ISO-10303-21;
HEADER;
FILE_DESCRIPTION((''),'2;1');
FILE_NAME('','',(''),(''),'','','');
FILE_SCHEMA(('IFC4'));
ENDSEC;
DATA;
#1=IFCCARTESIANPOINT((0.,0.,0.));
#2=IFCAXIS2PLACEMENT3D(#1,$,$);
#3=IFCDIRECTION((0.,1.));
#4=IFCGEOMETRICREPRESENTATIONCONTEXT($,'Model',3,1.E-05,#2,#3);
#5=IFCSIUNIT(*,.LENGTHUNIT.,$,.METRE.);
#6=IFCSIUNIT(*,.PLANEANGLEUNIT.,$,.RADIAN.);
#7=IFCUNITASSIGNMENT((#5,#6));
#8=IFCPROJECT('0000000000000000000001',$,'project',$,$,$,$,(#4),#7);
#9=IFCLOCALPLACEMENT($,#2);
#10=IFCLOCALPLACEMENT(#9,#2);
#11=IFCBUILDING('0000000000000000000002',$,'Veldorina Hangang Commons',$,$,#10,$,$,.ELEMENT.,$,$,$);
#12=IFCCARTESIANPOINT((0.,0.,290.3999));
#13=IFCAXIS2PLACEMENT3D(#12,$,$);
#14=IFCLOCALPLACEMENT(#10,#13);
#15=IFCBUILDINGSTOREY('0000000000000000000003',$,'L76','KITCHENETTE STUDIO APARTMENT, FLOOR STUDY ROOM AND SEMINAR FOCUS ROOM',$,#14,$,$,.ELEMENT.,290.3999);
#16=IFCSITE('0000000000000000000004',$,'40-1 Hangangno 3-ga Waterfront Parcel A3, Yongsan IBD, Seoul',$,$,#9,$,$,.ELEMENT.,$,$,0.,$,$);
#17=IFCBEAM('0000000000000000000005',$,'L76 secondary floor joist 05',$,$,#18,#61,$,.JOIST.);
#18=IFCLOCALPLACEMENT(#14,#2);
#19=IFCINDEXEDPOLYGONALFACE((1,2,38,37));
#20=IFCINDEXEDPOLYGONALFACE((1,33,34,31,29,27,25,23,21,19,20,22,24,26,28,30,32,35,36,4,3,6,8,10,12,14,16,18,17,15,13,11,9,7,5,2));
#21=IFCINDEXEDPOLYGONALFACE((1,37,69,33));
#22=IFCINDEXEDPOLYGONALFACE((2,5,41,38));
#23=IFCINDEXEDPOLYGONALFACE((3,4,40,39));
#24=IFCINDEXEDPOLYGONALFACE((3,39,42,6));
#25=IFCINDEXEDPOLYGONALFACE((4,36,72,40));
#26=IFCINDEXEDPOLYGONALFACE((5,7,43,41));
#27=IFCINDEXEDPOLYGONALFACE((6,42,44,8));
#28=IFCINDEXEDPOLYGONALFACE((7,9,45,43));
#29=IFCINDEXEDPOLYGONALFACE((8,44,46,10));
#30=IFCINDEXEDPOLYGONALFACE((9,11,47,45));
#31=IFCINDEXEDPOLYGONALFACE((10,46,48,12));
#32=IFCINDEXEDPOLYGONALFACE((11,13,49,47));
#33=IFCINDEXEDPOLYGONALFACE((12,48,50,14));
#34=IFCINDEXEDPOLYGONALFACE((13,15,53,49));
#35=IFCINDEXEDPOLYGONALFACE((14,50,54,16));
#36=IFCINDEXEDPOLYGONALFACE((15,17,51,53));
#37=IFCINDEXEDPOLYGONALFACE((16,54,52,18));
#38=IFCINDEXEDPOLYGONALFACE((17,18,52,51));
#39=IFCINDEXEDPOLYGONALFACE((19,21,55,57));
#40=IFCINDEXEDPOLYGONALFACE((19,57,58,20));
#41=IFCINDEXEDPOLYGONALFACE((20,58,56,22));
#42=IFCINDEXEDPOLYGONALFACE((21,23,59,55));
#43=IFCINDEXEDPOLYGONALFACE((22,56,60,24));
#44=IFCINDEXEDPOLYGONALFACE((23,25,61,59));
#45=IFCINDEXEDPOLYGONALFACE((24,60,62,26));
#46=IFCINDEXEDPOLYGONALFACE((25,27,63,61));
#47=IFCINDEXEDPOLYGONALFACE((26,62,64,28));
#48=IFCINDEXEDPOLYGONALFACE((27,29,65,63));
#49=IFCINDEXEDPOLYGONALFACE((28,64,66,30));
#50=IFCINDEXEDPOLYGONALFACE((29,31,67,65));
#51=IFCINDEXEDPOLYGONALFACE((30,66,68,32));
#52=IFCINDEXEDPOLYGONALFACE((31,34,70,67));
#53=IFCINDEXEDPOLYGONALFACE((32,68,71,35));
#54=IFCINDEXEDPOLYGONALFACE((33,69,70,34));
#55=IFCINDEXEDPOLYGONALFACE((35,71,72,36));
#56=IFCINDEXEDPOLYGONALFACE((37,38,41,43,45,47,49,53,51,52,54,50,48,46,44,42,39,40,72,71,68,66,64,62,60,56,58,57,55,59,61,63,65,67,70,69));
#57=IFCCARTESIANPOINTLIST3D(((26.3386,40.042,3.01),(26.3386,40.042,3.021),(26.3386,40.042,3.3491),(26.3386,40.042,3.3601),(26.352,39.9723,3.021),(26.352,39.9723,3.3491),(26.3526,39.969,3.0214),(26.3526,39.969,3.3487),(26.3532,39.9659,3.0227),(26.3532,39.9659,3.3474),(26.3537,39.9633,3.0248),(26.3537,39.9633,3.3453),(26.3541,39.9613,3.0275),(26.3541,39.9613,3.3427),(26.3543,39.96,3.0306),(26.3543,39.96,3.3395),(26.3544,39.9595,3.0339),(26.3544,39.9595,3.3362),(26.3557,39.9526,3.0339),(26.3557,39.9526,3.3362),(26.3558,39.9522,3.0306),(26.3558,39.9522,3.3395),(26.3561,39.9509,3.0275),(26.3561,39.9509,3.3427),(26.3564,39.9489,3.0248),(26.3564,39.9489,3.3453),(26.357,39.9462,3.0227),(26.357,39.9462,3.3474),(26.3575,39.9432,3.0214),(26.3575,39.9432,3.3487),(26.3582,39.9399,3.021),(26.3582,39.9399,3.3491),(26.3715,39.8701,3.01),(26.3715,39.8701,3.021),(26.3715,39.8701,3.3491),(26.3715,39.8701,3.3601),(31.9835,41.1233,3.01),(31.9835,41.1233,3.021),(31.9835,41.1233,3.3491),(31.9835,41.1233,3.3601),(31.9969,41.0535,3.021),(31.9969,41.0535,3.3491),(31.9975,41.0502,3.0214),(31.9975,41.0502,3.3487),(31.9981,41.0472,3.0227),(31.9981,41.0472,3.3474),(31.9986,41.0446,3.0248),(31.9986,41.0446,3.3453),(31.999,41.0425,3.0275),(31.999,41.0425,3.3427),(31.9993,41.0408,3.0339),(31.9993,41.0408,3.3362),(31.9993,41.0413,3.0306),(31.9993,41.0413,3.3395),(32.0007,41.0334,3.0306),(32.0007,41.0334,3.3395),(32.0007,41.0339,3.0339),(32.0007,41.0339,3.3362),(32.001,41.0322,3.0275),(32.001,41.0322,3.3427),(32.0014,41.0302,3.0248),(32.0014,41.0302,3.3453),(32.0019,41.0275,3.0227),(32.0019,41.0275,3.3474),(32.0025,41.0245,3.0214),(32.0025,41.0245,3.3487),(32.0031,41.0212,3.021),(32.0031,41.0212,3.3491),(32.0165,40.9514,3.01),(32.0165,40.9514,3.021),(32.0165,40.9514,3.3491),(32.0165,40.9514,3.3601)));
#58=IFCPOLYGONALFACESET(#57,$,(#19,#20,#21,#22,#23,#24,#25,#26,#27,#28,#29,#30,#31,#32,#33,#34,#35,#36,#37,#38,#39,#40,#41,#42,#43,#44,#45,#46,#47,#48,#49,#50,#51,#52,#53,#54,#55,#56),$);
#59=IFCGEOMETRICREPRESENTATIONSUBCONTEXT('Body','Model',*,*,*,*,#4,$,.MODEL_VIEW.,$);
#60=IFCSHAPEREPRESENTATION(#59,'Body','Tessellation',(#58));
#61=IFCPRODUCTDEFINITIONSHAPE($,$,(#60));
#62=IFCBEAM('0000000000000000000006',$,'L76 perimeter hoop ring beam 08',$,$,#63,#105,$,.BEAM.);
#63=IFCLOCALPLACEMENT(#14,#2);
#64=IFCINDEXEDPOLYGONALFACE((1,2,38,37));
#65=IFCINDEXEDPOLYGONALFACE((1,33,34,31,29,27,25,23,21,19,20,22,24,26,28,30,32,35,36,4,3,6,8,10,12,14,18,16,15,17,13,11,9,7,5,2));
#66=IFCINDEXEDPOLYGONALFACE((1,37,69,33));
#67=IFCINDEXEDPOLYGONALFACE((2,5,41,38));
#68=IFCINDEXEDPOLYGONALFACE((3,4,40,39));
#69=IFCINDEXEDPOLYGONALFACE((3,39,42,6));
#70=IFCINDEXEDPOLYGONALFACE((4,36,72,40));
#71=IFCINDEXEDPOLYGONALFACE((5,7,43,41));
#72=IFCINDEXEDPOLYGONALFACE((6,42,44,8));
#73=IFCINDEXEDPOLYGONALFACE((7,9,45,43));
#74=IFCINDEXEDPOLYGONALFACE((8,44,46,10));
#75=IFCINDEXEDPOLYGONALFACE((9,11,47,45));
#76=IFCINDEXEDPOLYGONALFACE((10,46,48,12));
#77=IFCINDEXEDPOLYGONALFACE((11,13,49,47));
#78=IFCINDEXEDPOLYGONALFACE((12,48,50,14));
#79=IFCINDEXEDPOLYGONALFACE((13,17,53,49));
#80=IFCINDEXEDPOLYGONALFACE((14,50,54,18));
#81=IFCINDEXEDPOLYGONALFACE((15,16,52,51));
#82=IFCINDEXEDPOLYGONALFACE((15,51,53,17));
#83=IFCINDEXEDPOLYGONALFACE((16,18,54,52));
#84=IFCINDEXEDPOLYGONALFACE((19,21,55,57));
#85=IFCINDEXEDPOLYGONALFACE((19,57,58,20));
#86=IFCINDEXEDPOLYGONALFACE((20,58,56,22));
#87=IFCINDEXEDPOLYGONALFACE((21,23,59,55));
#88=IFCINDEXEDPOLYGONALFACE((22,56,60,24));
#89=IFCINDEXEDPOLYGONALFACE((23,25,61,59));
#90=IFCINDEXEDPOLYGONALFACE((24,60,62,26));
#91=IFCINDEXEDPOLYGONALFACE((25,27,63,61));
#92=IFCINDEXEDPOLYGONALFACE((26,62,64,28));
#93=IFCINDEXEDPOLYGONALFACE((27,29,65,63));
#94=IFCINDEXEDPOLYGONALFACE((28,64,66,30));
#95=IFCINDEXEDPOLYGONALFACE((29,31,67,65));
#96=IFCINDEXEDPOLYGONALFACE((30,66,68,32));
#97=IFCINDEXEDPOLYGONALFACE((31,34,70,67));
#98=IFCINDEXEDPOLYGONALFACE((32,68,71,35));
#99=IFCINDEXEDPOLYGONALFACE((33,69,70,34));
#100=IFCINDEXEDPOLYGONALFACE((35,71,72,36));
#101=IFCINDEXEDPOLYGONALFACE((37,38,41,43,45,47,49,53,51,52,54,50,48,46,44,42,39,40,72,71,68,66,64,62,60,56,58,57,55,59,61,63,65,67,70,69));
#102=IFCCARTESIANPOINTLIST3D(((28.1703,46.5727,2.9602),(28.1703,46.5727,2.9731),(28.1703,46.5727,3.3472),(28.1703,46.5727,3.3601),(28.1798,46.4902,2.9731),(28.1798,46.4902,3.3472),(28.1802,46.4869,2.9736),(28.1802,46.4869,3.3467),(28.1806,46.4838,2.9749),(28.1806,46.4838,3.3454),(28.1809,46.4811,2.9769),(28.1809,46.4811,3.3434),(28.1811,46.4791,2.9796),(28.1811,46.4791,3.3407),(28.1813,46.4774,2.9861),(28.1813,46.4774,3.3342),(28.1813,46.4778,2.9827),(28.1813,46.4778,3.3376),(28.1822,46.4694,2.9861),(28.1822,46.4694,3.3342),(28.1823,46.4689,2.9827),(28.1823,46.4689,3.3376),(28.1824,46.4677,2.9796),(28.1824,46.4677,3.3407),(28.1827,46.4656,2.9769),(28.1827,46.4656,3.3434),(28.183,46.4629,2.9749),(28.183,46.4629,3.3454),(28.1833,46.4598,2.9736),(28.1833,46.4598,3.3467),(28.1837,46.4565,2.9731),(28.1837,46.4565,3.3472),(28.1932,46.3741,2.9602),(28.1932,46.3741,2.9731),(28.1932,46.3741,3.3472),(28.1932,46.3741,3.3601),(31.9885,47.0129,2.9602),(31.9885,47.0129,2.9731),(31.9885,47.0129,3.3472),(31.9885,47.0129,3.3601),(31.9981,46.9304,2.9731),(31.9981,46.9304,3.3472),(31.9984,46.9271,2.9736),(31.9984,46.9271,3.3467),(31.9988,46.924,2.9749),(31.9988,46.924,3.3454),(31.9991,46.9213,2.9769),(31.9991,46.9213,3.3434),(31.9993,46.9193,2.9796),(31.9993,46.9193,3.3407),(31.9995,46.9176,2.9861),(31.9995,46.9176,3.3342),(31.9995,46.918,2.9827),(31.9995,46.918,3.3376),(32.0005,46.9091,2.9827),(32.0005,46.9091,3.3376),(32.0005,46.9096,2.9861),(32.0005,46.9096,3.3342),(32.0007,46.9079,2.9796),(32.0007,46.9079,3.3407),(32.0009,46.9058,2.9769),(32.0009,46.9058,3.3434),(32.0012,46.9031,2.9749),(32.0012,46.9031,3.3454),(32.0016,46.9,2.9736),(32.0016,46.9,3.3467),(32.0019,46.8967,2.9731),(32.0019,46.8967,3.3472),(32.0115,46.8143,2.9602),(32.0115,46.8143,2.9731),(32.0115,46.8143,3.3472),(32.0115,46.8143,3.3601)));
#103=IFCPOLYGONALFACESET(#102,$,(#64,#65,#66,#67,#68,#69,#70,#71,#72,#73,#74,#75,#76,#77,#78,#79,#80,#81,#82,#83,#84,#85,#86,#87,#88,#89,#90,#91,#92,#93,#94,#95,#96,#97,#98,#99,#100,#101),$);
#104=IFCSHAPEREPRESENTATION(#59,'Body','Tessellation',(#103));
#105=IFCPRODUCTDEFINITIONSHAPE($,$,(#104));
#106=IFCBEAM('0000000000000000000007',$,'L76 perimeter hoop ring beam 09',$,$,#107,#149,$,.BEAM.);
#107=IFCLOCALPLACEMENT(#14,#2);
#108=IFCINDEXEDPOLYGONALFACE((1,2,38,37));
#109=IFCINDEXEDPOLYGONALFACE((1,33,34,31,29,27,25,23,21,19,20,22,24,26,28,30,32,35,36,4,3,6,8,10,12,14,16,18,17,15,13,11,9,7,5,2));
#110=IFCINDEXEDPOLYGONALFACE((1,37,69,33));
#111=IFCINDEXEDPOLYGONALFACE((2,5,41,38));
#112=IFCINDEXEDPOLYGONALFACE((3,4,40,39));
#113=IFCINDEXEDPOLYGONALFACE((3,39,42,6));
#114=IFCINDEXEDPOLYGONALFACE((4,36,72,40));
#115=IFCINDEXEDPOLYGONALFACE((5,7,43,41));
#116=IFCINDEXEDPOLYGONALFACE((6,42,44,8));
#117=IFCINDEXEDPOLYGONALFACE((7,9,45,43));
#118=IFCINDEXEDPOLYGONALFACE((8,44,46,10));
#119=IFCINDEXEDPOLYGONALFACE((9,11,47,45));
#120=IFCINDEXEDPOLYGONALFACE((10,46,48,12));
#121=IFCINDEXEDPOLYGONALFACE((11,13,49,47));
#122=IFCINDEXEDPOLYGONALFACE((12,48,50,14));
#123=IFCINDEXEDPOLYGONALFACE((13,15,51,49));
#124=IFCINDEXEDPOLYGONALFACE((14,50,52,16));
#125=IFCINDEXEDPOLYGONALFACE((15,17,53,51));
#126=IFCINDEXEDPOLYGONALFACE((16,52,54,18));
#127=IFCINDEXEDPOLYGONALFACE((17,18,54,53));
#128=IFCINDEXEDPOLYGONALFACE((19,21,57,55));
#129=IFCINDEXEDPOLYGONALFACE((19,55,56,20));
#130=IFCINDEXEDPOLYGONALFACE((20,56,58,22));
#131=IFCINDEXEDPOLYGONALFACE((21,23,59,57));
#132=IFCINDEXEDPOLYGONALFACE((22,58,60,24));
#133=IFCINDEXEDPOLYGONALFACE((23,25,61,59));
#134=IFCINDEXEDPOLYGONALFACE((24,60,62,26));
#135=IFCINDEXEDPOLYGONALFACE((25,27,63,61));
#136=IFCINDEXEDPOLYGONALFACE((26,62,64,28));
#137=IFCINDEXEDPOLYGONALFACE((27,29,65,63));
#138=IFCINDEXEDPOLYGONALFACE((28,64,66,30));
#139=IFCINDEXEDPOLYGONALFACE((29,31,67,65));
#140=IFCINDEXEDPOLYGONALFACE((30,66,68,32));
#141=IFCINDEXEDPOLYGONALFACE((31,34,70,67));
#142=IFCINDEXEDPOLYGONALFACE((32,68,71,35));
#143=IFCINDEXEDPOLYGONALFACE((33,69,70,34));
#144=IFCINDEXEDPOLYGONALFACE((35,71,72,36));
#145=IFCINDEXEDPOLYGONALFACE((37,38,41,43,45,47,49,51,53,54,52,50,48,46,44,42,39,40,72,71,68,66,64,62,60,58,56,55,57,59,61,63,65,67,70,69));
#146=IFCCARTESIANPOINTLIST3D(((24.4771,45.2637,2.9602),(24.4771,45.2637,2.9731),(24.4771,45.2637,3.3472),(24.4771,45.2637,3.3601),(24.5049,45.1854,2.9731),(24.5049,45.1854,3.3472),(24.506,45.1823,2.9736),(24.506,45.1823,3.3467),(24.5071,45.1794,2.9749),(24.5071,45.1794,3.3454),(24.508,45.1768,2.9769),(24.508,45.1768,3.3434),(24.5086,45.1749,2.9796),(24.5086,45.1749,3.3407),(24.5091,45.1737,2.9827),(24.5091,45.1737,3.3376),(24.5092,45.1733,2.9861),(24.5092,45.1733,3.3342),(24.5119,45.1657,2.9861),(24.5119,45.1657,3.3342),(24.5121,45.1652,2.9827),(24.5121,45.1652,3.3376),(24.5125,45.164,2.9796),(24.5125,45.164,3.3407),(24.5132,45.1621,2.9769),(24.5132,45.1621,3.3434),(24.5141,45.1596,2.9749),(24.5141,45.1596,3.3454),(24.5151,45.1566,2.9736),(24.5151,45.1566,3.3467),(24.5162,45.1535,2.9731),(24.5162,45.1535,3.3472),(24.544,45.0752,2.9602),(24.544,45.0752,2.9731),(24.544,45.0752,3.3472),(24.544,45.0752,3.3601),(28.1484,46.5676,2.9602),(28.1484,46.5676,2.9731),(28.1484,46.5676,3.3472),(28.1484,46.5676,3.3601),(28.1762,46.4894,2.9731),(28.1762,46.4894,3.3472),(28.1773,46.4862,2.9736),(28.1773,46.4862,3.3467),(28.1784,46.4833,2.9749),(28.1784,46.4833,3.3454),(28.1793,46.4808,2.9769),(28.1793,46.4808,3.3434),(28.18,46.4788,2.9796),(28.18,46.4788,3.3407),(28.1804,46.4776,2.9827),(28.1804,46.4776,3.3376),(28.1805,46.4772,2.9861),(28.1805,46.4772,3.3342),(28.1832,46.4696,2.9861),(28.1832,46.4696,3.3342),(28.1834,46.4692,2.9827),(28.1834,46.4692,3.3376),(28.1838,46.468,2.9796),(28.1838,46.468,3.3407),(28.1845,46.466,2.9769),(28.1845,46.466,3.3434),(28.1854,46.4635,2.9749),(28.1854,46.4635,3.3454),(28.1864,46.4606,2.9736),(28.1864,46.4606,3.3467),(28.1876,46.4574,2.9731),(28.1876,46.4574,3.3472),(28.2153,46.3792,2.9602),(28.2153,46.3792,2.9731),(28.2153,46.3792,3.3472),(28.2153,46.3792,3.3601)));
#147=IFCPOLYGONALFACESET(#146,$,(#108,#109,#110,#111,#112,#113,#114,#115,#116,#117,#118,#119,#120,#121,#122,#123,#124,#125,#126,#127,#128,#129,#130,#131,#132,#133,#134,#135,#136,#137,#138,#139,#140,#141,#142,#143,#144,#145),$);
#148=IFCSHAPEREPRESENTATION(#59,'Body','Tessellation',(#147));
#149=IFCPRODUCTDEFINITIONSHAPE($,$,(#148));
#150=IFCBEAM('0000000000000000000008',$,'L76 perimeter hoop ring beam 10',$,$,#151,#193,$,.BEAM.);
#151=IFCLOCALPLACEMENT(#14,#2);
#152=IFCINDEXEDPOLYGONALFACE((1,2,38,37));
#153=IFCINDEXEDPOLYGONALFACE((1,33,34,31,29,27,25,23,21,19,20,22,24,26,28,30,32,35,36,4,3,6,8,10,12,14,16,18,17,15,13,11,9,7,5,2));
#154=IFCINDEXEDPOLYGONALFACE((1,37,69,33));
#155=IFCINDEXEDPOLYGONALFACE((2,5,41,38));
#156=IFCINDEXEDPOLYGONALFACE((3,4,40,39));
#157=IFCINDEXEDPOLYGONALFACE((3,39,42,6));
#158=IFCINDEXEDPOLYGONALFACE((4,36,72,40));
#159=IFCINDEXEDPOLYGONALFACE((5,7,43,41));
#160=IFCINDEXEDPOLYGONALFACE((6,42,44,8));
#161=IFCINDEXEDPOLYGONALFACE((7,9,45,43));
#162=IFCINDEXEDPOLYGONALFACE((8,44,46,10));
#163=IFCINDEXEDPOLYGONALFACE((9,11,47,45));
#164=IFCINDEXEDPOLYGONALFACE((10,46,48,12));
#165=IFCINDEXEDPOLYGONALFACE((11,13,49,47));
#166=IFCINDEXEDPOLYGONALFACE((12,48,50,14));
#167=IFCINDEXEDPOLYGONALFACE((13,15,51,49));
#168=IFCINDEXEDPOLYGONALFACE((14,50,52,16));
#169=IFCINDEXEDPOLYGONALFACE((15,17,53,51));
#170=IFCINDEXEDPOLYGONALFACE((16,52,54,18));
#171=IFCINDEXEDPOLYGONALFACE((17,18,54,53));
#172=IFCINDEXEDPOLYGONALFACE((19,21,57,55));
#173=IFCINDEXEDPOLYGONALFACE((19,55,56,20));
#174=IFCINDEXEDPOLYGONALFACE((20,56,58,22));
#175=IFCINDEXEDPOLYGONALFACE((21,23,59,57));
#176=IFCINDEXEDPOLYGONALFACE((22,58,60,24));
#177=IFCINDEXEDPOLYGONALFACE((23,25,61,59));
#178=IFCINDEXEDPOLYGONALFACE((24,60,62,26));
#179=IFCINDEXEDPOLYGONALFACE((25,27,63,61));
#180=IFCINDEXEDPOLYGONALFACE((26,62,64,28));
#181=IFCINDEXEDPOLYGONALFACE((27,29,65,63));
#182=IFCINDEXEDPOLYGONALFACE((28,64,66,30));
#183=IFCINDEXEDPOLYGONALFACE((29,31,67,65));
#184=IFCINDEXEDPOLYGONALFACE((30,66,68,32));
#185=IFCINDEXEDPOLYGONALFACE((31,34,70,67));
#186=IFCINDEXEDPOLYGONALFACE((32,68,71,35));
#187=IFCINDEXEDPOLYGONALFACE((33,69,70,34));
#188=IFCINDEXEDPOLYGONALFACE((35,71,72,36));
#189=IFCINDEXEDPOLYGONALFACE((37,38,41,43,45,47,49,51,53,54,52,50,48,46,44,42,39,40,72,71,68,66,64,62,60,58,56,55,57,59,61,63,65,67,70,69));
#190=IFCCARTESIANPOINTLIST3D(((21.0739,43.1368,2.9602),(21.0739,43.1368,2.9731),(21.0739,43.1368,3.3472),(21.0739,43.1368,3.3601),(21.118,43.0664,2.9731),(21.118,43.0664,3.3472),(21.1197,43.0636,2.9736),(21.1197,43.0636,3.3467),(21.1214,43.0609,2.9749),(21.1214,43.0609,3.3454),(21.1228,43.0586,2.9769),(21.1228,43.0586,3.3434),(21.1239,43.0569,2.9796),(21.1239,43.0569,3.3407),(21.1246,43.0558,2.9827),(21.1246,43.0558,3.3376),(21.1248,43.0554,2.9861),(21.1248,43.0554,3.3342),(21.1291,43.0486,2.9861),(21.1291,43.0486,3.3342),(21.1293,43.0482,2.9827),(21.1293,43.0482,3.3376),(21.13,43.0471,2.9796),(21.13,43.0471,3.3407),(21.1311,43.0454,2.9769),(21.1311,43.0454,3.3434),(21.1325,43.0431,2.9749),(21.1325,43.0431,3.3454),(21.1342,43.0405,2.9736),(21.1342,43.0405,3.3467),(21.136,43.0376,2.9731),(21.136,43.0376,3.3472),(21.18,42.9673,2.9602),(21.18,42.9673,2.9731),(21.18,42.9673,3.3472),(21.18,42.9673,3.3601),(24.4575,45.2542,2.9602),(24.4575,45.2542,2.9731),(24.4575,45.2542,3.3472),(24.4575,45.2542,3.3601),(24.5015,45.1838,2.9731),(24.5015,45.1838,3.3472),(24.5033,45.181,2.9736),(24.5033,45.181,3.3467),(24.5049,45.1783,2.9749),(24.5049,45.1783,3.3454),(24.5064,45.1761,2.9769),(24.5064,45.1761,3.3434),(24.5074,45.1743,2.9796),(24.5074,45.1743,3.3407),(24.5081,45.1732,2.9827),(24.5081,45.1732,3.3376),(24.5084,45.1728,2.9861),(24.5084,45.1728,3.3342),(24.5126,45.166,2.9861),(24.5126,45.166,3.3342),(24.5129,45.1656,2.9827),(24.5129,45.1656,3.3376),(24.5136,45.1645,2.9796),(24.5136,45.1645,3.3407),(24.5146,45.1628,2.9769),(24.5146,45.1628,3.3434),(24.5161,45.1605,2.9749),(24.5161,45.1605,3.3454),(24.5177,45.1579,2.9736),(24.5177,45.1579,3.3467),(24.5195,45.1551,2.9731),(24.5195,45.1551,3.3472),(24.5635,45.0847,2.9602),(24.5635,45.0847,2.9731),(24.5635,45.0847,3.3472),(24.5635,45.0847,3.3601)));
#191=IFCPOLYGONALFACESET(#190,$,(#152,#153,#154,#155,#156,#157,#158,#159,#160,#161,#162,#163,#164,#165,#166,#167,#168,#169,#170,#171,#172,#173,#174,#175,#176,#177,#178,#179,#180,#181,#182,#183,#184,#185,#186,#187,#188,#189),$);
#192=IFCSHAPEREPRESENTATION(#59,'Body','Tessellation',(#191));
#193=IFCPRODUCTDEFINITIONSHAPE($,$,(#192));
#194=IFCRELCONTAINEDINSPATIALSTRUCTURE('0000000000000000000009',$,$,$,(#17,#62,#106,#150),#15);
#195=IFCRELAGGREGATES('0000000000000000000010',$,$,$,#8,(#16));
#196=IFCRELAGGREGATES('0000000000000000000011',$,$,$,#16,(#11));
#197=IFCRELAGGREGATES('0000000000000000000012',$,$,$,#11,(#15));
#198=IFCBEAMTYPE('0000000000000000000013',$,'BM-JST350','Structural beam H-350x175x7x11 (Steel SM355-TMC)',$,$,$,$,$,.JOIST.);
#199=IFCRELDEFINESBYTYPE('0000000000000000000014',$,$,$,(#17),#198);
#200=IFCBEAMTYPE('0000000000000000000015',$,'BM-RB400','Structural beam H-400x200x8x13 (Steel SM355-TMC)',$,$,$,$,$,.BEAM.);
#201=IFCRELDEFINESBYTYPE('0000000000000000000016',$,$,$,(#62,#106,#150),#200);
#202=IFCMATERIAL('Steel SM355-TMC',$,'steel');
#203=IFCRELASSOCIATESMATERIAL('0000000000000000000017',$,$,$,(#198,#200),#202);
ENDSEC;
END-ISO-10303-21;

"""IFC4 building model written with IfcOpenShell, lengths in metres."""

from ifc_helpers import new_model, si_unit, direction, frame, origin, origin_2d, place, context, subcontext, project, spatial, i_section, extrude, material, material_profile, profile_set, type_object, element, save


model = new_model("IFC4")

# Units and contexts
model_context = context("Model", 3, precision=1e-05, world=origin(), true_north=direction((0.0, 1.0)))
body_context = subcontext(model_context, "Body", "Model", "MODEL_VIEW")
ifc_project = project(units=[si_unit("LENGTHUNIT", "METRE"), si_unit("PLANEANGLEUNIT", "RADIAN")], contexts=[model_context])

# Site, building, storey
site_placement = place(None, origin())
site = spatial("IfcSite", under=ifc_project, at=site_placement, Name="40-1 Hangangno 3-ga Waterfront Parcel A3, Yongsan IBD, Seoul", CompositionType="ELEMENT", RefElevation=0.0)
building_placement = place(site_placement, origin())
building = spatial("IfcBuilding", under=site, at=building_placement, Name="Veldorina Hangang Commons", CompositionType="ELEMENT")
storey_placement = place(building_placement, frame((0.0, 0.0, 290.3999)))
storey = spatial("IfcBuildingStorey", under=building, at=storey_placement, Name="L76", Description="KITCHENETTE STUDIO APARTMENT, FLOOR STUDY ROOM AND SEMINAR FOCUS ROOM", CompositionType="ELEMENT", Elevation=290.3999)

# Beams
ifc_material_1 = material(Name="Steel SM355-TMC", Category="steel")
ifc_material_profile_1 = material_profile(ifc_material_1, i_section(OverallWidth=0.175, OverallDepth=0.3501, WebThickness=0.0071, FlangeThickness=0.011, FilletRadius=0.0129, at=origin_2d()), Name="H-350x175x7x11")
ifc_profile_set_1 = profile_set([ifc_material_profile_1], Name="Steel SM355-TMC")
beam_type_1 = type_object("IfcBeamType", Name="BM-JST350", Description="Structural beam H-350x175x7x11 (Steel SM355-TMC)", PredefinedType="JOIST", material=ifc_profile_set_1)
beam_1_placement = place(storey_placement, frame((32.0, 41.0374, 3.1851), z_axis=(-0.982144, -0.188129, 0.0), x_axis=(0.188129, -0.982144, 0.0)))
element("IfcBeam", 1, at=beam_1_placement, inside=storey, type_object=beam_type_1, Name="L76 secondary floor joist 05", PredefinedType="JOIST", context=body_context, shape_type="SweptSolid", body=[
    extrude(i_section(OverallWidth=0.175, OverallDepth=0.3501, WebThickness=0.0071, FlangeThickness=0.011, FilletRadius=0.0129, at=origin_2d()), origin(), (0.0, 0.0, 1.0), 5.7476),
])
ifc_material_profile_2 = material_profile(ifc_material_1, i_section(OverallWidth=0.2, OverallDepth=0.3999, WebThickness=0.0081, FlangeThickness=0.0129, FilletRadius=0.0129, at=origin_2d()), Name="H-400x200x8x13")
ifc_profile_set_2 = profile_set([ifc_material_profile_2], Name="Steel SM355-TMC")
beam_type_2 = type_object("IfcBeamType", Name="BM-RB400", Description="Structural beam H-400x200x8x13 (Steel SM355-TMC)", PredefinedType="BEAM", material=ifc_profile_set_2)
beam_2_placement = place(storey_placement, frame((32.0, 46.9136, 3.1602), z_axis=(-0.99342, -0.11453, 0.0), x_axis=(0.11453, -0.99342, 0.0)))
element("IfcBeam", 2, at=beam_2_placement, inside=storey, type_object=beam_type_2, Name="L76 perimeter hoop ring beam 08", PredefinedType="BEAM", context=body_context, shape_type="SweptSolid", body=[
    extrude(i_section(OverallWidth=0.2, OverallDepth=0.3999, WebThickness=0.0081, FlangeThickness=0.0129, FilletRadius=0.0129, at=origin_2d()), origin(), (0.0, 0.0, 1.0), 3.8435),
])
beam_3_placement = place(storey_placement, frame((28.1819, 46.4734, 3.1602), z_axis=(-0.94233, -0.334685, 0.0), x_axis=(0.334685, -0.94233, 0.0)))
element("IfcBeam", 3, at=beam_3_placement, inside=storey, type_object=beam_type_2, Name="L76 perimeter hoop ring beam 09", PredefinedType="BEAM", context=body_context, shape_type="SweptSolid", body=[
    extrude(i_section(OverallWidth=0.2, OverallDepth=0.3999, WebThickness=0.0081, FlangeThickness=0.0129, FilletRadius=0.0129, at=origin_2d()), origin(), (0.0, 0.0, 1.0), 3.896),
])
beam_4_placement = place(storey_placement, frame((24.5105, 45.1694, 3.1602), z_axis=(-0.847692, -0.530488, 0.0), x_axis=(0.530488, -0.847692, 0.0)))
element("IfcBeam", 4, at=beam_4_placement, inside=storey, type_object=beam_type_2, Name="L76 perimeter hoop ring beam 10", PredefinedType="BEAM", context=body_context, shape_type="SweptSolid", body=[
    extrude(i_section(OverallWidth=0.2, OverallDepth=0.3999, WebThickness=0.0081, FlangeThickness=0.0129, FilletRadius=0.0129, at=origin_2d()), origin(), (0.0, 0.0, 1.0), 3.9915),
])

save(model, "model.ifc")
